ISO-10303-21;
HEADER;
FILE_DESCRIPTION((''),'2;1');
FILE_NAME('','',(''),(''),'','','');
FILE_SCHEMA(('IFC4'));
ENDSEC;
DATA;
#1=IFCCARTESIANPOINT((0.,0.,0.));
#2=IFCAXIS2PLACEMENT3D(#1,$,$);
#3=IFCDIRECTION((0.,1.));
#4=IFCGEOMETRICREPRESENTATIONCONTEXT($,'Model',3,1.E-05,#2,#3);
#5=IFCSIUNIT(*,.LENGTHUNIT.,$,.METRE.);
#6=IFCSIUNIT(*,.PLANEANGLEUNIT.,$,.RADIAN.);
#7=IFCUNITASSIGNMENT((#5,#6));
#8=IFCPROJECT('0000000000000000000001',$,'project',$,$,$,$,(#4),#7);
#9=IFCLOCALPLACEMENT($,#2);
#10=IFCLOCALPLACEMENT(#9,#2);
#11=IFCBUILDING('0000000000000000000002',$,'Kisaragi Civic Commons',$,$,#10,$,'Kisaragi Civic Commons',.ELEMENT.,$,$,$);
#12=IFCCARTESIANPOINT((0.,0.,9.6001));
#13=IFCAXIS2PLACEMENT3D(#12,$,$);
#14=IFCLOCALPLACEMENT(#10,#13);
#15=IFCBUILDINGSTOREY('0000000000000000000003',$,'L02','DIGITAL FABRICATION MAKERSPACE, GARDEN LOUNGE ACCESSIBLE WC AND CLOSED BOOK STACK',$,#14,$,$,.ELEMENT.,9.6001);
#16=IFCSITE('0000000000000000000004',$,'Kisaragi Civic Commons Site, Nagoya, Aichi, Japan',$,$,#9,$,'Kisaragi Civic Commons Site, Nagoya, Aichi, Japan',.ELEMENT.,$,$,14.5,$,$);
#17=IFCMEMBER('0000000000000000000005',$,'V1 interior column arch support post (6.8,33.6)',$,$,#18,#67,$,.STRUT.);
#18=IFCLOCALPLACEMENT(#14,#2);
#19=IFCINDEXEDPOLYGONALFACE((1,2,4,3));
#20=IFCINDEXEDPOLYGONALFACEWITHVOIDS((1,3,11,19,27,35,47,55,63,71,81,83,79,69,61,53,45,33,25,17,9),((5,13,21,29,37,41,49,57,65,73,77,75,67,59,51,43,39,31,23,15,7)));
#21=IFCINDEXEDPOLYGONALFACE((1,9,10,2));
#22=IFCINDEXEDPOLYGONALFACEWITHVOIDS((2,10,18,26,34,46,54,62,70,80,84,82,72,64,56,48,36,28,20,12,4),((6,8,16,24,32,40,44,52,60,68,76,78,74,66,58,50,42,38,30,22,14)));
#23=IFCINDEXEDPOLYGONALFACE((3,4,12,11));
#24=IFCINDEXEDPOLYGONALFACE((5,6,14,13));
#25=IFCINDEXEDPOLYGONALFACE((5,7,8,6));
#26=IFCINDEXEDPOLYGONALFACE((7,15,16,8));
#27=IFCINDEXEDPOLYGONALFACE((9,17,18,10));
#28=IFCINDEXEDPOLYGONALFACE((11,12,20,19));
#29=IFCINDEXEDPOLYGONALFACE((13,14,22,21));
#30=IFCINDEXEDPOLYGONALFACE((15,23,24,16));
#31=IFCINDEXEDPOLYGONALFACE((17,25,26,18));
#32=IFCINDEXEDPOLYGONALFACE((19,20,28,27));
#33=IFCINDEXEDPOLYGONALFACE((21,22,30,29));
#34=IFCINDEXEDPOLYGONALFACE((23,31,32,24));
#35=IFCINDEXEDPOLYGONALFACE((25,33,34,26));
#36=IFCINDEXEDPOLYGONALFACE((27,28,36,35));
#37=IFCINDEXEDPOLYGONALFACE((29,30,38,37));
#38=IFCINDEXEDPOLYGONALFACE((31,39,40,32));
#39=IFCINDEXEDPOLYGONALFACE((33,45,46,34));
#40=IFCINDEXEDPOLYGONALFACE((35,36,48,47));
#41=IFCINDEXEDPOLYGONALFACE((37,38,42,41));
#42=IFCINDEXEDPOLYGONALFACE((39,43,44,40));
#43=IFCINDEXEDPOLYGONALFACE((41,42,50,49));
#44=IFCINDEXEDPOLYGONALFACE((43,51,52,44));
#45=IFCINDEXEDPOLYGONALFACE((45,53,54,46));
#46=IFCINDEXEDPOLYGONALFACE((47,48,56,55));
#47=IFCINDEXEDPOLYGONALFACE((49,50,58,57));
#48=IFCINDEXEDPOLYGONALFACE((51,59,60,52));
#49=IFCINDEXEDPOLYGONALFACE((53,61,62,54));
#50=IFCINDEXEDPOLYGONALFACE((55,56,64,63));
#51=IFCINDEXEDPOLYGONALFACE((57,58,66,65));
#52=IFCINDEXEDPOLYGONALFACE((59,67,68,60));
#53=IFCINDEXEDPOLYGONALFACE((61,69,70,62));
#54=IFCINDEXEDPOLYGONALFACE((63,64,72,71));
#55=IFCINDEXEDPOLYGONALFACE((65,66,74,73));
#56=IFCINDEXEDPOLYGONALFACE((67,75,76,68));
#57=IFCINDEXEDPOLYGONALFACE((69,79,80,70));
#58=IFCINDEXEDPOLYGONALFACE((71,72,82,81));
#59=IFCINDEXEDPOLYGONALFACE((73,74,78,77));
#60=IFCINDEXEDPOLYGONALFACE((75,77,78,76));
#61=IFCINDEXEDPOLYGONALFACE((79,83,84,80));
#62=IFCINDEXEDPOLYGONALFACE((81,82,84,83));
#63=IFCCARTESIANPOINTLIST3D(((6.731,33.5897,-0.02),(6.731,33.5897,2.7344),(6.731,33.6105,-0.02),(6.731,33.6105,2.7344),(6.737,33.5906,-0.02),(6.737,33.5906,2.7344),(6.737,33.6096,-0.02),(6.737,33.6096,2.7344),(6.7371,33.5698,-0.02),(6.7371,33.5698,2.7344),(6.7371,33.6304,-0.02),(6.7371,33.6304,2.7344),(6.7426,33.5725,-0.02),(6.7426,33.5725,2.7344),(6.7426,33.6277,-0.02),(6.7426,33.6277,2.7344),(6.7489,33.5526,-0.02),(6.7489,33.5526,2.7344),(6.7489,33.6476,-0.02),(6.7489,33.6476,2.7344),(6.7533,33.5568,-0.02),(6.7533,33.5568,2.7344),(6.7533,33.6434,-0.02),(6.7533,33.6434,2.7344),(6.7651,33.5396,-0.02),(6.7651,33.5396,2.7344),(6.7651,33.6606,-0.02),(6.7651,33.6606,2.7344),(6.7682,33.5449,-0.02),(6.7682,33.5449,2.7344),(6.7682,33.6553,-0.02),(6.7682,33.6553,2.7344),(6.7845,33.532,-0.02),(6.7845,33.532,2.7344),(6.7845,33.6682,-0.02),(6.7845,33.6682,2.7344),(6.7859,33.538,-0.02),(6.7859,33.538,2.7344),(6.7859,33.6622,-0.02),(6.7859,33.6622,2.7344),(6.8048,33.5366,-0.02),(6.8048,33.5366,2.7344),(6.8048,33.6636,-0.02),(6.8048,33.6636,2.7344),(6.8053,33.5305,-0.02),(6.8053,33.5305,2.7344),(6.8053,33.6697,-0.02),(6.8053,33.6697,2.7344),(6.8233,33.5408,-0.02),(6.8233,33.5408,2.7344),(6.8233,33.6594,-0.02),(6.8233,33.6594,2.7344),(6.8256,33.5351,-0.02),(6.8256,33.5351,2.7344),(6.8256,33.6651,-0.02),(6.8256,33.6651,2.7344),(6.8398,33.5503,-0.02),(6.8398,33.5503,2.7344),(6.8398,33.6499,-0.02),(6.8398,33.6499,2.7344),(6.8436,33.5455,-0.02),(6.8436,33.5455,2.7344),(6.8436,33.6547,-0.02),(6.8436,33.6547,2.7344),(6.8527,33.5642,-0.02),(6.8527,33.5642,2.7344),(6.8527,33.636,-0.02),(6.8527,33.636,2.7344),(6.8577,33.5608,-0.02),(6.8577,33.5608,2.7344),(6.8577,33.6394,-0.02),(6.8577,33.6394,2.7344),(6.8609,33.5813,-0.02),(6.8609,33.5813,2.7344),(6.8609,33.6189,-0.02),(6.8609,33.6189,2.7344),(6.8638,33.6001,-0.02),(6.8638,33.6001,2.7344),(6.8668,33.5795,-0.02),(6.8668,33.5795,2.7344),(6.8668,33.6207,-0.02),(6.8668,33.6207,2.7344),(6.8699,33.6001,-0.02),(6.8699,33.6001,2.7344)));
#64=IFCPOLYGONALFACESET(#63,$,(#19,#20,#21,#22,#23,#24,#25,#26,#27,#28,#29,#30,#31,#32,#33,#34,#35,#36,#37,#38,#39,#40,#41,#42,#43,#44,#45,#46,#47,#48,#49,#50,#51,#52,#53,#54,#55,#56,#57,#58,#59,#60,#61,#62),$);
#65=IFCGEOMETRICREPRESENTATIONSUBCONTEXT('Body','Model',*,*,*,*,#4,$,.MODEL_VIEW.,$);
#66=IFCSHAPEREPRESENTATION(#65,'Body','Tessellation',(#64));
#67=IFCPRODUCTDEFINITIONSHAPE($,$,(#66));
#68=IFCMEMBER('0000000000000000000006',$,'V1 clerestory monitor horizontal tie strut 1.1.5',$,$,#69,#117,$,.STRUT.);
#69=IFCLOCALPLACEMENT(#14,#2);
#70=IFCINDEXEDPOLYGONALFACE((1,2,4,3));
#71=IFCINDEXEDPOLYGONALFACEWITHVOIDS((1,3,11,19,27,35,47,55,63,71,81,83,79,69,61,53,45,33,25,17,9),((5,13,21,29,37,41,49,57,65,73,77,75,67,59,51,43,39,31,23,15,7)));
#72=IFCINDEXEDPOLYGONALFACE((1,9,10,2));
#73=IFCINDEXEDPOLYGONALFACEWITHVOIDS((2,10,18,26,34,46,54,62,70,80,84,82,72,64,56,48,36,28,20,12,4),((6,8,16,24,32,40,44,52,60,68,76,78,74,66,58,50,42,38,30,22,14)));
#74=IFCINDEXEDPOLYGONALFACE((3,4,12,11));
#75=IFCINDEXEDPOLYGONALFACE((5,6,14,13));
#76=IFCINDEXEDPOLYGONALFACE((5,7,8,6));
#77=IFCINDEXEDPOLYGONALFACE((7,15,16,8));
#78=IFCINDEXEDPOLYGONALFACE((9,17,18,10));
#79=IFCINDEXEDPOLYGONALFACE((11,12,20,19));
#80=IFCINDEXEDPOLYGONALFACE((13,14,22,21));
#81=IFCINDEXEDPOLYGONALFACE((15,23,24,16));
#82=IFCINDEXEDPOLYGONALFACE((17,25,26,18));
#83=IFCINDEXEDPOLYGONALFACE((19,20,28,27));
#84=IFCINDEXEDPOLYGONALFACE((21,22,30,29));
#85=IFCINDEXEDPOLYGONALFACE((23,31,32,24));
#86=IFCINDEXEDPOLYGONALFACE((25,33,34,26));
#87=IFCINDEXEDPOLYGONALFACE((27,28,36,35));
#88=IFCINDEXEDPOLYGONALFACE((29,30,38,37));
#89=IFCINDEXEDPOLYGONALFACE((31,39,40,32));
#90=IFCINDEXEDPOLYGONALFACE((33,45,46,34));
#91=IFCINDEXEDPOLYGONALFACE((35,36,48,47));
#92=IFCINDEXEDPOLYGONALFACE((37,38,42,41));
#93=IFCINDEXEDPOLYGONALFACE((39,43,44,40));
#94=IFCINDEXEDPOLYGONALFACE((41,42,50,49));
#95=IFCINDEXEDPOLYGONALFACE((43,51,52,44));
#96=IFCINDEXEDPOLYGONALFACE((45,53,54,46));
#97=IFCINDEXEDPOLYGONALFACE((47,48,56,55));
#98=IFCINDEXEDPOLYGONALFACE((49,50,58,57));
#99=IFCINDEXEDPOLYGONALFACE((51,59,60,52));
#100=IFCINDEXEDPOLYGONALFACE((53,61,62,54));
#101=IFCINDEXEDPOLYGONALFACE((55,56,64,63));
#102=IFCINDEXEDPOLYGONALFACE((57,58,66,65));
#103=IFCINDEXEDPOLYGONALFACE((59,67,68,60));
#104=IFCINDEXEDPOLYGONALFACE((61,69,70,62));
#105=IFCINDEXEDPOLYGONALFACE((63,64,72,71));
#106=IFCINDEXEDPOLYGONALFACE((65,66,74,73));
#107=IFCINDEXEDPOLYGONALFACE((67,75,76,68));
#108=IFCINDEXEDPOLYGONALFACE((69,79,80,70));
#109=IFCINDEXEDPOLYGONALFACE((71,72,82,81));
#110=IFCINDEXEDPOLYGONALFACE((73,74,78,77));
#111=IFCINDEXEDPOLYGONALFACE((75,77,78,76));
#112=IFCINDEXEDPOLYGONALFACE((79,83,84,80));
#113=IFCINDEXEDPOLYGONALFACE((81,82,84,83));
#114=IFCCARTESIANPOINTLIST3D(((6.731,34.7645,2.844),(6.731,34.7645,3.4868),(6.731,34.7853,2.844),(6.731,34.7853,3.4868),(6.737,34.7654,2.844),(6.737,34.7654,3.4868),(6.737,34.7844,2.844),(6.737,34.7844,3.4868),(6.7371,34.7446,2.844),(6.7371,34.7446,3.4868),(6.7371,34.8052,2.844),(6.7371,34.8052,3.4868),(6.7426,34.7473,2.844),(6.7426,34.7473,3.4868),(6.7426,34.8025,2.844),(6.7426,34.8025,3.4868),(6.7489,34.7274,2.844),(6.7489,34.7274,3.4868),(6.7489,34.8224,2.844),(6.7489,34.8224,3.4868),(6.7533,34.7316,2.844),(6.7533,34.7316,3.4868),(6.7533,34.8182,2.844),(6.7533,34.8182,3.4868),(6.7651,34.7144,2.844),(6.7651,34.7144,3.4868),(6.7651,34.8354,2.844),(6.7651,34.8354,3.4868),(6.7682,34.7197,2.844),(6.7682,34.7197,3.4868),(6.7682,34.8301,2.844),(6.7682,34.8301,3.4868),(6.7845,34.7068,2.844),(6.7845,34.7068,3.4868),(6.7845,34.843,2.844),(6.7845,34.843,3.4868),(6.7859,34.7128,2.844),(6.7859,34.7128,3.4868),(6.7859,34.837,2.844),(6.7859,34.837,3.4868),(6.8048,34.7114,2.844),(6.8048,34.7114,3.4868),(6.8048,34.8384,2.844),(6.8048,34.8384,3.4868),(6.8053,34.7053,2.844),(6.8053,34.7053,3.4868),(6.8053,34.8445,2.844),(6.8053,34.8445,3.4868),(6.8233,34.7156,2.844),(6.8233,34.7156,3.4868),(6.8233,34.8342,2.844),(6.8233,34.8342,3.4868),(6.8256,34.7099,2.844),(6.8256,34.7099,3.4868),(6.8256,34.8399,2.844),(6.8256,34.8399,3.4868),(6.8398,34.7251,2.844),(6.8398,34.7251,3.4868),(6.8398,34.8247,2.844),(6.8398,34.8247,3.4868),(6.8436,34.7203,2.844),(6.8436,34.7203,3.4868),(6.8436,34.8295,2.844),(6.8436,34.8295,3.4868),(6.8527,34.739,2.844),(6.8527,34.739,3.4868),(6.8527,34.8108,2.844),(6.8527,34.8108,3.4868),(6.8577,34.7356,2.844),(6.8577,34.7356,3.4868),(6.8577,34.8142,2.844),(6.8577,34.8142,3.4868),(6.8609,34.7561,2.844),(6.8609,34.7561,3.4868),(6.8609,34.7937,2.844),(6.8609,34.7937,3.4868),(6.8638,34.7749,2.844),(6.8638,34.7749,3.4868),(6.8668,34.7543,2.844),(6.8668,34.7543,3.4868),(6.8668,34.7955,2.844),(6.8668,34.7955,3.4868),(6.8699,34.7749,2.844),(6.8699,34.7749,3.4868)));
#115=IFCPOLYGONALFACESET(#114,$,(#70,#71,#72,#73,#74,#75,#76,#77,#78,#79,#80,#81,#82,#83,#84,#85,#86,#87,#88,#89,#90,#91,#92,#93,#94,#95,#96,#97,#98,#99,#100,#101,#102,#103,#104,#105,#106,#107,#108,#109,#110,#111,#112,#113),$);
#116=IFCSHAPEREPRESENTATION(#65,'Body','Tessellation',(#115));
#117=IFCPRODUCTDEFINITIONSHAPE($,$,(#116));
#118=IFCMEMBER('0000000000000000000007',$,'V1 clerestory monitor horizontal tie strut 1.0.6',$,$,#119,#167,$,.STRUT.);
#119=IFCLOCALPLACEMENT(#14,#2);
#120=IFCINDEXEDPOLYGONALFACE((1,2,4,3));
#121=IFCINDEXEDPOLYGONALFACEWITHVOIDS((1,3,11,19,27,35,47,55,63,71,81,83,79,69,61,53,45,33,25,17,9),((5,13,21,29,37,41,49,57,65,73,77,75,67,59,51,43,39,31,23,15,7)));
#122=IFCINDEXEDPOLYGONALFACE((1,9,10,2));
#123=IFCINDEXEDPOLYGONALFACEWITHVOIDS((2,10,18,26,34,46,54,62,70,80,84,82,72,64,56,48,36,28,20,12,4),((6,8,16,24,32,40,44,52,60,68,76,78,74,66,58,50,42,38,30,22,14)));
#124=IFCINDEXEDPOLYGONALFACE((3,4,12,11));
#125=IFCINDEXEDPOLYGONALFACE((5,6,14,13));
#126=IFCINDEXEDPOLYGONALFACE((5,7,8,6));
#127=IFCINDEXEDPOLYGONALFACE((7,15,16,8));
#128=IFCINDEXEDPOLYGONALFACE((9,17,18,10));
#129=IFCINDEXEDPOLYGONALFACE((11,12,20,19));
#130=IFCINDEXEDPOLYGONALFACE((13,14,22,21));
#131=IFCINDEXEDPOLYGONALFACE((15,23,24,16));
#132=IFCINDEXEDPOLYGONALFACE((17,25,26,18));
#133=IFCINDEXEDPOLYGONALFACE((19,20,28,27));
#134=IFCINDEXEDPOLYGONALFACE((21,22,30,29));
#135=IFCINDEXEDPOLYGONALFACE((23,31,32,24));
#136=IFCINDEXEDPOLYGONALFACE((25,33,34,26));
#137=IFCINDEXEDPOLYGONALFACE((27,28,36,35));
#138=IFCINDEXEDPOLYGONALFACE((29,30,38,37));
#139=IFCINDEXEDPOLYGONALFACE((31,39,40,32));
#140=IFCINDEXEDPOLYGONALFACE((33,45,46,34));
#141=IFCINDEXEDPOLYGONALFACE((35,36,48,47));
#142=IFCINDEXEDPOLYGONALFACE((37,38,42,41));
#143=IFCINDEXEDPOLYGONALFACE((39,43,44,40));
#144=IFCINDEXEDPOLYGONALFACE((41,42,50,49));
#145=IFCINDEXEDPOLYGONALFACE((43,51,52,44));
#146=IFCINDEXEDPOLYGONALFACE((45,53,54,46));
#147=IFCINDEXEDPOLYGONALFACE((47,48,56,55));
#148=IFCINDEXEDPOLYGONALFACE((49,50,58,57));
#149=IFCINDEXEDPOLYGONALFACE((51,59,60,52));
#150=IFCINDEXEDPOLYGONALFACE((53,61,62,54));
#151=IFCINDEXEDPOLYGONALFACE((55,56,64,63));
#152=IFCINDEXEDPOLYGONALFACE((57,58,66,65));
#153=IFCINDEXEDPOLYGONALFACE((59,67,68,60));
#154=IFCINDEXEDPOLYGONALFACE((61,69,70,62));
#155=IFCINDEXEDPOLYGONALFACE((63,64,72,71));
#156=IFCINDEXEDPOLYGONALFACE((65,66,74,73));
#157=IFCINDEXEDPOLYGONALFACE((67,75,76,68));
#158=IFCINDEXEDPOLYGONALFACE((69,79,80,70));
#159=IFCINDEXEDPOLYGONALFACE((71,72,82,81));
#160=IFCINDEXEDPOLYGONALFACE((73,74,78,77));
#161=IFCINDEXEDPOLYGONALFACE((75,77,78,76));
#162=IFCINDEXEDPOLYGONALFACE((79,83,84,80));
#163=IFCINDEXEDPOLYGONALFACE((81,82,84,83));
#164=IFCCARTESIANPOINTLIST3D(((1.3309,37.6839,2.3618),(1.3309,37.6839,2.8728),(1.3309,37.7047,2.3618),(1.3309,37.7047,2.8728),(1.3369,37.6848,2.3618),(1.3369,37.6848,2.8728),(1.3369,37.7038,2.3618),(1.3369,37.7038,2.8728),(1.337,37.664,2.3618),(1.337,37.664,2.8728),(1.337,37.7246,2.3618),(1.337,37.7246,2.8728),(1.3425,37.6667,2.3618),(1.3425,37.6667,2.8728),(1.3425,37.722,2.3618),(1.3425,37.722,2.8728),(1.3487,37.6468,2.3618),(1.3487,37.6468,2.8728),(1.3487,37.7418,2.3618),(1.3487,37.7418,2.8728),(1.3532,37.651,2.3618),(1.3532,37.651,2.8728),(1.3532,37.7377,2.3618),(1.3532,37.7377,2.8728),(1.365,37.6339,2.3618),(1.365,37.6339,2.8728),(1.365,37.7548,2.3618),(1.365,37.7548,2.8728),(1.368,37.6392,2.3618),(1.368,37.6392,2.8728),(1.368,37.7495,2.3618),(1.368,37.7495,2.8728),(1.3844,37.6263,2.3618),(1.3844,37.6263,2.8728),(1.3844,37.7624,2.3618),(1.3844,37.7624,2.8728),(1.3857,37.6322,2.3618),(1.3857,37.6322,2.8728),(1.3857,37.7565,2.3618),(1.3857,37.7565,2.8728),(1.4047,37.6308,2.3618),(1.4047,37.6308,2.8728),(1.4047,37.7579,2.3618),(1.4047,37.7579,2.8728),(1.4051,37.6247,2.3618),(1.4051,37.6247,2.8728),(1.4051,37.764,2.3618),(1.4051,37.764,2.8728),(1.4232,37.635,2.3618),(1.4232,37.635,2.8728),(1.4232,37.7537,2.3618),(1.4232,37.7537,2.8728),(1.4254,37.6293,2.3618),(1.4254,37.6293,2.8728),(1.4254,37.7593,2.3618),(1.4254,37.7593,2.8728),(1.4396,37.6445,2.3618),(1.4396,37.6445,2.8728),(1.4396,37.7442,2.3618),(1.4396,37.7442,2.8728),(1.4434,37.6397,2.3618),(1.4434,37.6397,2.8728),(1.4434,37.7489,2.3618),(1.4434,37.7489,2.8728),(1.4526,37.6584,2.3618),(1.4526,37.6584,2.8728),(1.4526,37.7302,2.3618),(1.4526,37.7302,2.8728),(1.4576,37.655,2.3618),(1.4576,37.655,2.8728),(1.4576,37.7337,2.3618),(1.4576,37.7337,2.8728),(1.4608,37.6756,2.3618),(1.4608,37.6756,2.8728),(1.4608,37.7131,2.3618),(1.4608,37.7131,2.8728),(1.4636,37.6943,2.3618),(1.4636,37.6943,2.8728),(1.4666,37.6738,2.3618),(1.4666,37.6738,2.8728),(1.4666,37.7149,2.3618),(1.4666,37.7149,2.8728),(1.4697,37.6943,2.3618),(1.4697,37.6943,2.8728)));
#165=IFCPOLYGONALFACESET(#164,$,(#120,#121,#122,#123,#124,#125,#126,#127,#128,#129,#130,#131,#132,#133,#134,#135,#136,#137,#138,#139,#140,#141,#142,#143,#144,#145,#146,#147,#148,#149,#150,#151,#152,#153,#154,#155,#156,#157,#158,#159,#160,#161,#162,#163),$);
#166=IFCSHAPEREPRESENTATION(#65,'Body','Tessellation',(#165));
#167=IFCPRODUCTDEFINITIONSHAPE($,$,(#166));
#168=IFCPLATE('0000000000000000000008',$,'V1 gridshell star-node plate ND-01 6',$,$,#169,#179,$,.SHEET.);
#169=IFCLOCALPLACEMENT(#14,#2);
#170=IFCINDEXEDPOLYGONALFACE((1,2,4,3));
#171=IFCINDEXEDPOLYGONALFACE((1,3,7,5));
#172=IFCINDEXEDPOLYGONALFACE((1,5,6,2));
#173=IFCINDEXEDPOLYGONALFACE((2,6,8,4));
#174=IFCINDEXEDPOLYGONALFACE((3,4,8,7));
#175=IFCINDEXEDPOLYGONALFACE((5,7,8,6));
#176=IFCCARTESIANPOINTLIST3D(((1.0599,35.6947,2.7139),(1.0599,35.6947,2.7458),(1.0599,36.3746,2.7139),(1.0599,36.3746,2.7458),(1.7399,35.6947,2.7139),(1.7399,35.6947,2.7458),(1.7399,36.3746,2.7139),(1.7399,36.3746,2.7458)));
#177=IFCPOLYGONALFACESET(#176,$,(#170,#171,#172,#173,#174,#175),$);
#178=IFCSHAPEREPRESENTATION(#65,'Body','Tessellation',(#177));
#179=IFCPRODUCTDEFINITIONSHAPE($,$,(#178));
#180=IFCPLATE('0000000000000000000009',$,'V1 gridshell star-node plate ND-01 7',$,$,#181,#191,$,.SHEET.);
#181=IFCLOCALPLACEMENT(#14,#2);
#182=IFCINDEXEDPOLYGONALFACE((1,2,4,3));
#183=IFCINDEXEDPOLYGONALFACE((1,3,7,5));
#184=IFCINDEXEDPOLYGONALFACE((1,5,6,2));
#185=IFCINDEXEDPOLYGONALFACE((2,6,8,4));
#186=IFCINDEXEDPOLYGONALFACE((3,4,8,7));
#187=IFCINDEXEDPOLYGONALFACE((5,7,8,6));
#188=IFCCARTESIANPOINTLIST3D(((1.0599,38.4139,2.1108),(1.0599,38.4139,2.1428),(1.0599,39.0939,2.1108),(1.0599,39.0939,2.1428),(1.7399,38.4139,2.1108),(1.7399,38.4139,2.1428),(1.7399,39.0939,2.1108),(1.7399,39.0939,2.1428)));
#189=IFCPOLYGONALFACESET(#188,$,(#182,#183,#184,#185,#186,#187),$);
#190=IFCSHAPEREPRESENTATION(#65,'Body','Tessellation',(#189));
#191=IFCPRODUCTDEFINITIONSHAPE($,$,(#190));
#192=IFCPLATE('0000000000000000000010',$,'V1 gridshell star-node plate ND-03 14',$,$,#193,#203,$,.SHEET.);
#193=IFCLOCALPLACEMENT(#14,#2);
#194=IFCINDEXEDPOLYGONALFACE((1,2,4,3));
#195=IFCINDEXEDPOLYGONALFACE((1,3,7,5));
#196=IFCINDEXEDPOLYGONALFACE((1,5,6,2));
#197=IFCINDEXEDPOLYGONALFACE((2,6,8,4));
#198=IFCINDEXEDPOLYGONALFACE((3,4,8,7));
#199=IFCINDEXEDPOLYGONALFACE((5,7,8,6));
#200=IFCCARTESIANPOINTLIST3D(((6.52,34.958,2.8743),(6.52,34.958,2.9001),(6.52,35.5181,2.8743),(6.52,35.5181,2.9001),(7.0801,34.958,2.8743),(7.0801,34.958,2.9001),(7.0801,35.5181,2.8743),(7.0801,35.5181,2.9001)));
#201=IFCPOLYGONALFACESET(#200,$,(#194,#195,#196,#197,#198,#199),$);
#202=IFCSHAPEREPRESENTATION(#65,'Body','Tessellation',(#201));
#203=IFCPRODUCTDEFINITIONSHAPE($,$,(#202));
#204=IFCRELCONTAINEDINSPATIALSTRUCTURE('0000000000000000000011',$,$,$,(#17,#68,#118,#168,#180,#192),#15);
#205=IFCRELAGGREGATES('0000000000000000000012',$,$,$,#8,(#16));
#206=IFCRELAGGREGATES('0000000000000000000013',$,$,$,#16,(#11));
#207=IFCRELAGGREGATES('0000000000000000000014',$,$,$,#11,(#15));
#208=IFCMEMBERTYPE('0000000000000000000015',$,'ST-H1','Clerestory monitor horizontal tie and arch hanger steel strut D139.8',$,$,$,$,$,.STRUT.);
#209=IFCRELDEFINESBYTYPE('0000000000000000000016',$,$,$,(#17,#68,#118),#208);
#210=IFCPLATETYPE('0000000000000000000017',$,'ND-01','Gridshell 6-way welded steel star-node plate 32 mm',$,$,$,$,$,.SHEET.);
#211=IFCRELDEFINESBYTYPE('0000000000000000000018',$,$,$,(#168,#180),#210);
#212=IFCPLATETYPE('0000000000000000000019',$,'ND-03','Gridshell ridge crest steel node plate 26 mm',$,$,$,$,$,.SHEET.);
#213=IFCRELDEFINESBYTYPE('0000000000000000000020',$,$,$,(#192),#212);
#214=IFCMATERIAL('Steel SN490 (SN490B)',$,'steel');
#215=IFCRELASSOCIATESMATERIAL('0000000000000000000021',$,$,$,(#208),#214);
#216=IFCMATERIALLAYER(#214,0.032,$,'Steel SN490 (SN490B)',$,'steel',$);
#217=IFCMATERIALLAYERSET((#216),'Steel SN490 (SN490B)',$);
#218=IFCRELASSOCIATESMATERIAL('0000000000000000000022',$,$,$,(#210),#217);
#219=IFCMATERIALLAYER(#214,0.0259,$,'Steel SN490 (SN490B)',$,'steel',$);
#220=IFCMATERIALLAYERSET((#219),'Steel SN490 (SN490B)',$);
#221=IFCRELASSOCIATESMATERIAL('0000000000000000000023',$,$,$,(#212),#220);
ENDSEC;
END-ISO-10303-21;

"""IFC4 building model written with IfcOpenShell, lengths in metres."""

from ifc_helpers import new_model, si_unit, direction, frame, origin, origin_2d, place, context, subcontext, project, spatial, rectangle, hollow_circle, extrude, material, layer, layer_set, material_profile, profile_set, type_object, element, save


model = new_model("IFC4")

# Units and contexts
model_context = context("Model", 3, precision=1e-05, world=origin(), true_north=direction((0.0, 1.0)))
body_context = subcontext(model_context, "Body", "Model", "MODEL_VIEW")
ifc_project = project(units=[si_unit("LENGTHUNIT", "METRE"), si_unit("PLANEANGLEUNIT", "RADIAN")], contexts=[model_context])

# Site, building, storey
site_placement = place(None, origin())
site = spatial("IfcSite", under=ifc_project, at=site_placement, Name="Kisaragi Civic Commons Site, Nagoya, Aichi, Japan", LongName="Kisaragi Civic Commons Site, Nagoya, Aichi, Japan", CompositionType="ELEMENT", RefElevation=14.5)
building_placement = place(site_placement, origin())
building = spatial("IfcBuilding", under=site, at=building_placement, Name="Kisaragi Civic Commons", LongName="Kisaragi Civic Commons", CompositionType="ELEMENT")
storey_placement = place(building_placement, frame((0.0, 0.0, 9.6001)))
storey = spatial("IfcBuildingStorey", under=building, at=storey_placement, Name="L02", Description="DIGITAL FABRICATION MAKERSPACE, GARDEN LOUNGE ACCESSIBLE WC AND CLOSED BOOK STACK", CompositionType="ELEMENT", Elevation=9.6001)

# Members
ifc_material_1 = material(Name="Steel SN490 (SN490B)", Category="steel")
ifc_material_profile_1 = material_profile(ifc_material_1, hollow_circle(Radius=0.0698, WallThickness=0.0061, at=origin_2d()), Name="CHS-139.8x6.0", Category="steel")
ifc_profile_set_1 = profile_set([ifc_material_profile_1], Name="Steel SN490 (SN490B)")
member_type_1 = type_object("IfcMemberType", Name="ST-H1", Description="Clerestory monitor horizontal tie and arch hanger steel strut D139.8", PredefinedType="STRUT", material=ifc_profile_set_1)
member_1_placement = place(storey_placement, frame((6.8, 33.6001, -0.02), z_axis=(0.0, 0.0, 1.0), x_axis=(1.0, 0.0, 0.0)))
element("IfcMember", 1, at=member_1_placement, inside=storey, type_object=member_type_1, Name="V1 interior column arch support post (6.8,33.6)", PredefinedType="STRUT", context=body_context, shape_type="SweptSolid", body=[
    extrude(hollow_circle(Radius=0.0698, WallThickness=0.0061, at=origin_2d()), origin(), (0.0, 0.0, 1.0), 2.7544),
])
member_2_placement = place(storey_placement, frame((6.8, 34.7749, 2.844), z_axis=(0.0, 0.0, 1.0), x_axis=(1.0, 0.0, 0.0)))
element("IfcMember", 2, at=member_2_placement, inside=storey, type_object=member_type_1, Name="V1 clerestory monitor horizontal tie strut 1.1.5", PredefinedType="STRUT", context=body_context, shape_type="SweptSolid", body=[
    extrude(hollow_circle(Radius=0.0698, WallThickness=0.0061, at=origin_2d()), origin(), (0.0, 0.0, 1.0), 0.6428),
])
member_3_placement = place(storey_placement, frame((1.3999, 37.6943, 2.3618), z_axis=(0.0, 0.0, 1.0), x_axis=(1.0, 0.0, 0.0)))
element("IfcMember", 3, at=member_3_placement, inside=storey, type_object=member_type_1, Name="V1 clerestory monitor horizontal tie strut 1.0.6", PredefinedType="STRUT", context=body_context, shape_type="SweptSolid", body=[
    extrude(hollow_circle(Radius=0.0698, WallThickness=0.0061, at=origin_2d()), origin(), (0.0, 0.0, 1.0), 0.511),
])

# Plates
ifc_layer_1 = layer(ifc_material_1, 0.032, Name="Steel SN490 (SN490B)", Category="steel")
ifc_layer_set_1 = layer_set([ifc_layer_1], Name="Steel SN490 (SN490B)")
plate_type_1 = type_object("IfcPlateType", Name="ND-01", Description="Gridshell 6-way welded steel star-node plate 32 mm", PredefinedType="SHEET", material=ifc_layer_set_1)
for number, where, z_axis, x_axis, name in (
    (4, (1.3999, 36.0347, 2.7139), (0.0, 0.0, 1.0), (1.0, 0.0, 0.0), "V1 gridshell star-node plate ND-01 6"),
    (5, (1.3999, 38.7539, 2.1108), (0.0, 0.0, 1.0), (1.0, 0.0, 0.0), "V1 gridshell star-node plate ND-01 7"),
):
    element("IfcPlate", number, at=place(storey_placement, frame(where, z_axis=z_axis, x_axis=x_axis)), inside=storey, type_object=plate_type_1, Name=name, PredefinedType="SHEET", context=body_context, shape_type="SweptSolid", body=[
        extrude(rectangle(XDim=0.6799, YDim=0.6799, at=origin_2d()), origin(), (0.0, 0.0, 1.0), 0.032),
    ])
ifc_layer_2 = layer(ifc_material_1, 0.0259, Name="Steel SN490 (SN490B)", Category="steel")
ifc_layer_set_2 = layer_set([ifc_layer_2], Name="Steel SN490 (SN490B)")
plate_type_2 = type_object("IfcPlateType", Name="ND-03", Description="Gridshell ridge crest steel node plate 26 mm", PredefinedType="SHEET", material=ifc_layer_set_2)
plate_placement = place(storey_placement, frame((6.8, 35.238, 2.8743), z_axis=(0.0, 0.0, 1.0), x_axis=(1.0, 0.0, 0.0)))
element("IfcPlate", 6, at=plate_placement, inside=storey, type_object=plate_type_2, Name="V1 gridshell star-node plate ND-03 14", PredefinedType="SHEET", context=body_context, shape_type="SweptSolid", body=[
    extrude(rectangle(XDim=0.5601, YDim=0.5601, at=origin_2d()), origin(), (0.0, 0.0, 1.0), 0.0259),
])

save(model, "model.ifc")
